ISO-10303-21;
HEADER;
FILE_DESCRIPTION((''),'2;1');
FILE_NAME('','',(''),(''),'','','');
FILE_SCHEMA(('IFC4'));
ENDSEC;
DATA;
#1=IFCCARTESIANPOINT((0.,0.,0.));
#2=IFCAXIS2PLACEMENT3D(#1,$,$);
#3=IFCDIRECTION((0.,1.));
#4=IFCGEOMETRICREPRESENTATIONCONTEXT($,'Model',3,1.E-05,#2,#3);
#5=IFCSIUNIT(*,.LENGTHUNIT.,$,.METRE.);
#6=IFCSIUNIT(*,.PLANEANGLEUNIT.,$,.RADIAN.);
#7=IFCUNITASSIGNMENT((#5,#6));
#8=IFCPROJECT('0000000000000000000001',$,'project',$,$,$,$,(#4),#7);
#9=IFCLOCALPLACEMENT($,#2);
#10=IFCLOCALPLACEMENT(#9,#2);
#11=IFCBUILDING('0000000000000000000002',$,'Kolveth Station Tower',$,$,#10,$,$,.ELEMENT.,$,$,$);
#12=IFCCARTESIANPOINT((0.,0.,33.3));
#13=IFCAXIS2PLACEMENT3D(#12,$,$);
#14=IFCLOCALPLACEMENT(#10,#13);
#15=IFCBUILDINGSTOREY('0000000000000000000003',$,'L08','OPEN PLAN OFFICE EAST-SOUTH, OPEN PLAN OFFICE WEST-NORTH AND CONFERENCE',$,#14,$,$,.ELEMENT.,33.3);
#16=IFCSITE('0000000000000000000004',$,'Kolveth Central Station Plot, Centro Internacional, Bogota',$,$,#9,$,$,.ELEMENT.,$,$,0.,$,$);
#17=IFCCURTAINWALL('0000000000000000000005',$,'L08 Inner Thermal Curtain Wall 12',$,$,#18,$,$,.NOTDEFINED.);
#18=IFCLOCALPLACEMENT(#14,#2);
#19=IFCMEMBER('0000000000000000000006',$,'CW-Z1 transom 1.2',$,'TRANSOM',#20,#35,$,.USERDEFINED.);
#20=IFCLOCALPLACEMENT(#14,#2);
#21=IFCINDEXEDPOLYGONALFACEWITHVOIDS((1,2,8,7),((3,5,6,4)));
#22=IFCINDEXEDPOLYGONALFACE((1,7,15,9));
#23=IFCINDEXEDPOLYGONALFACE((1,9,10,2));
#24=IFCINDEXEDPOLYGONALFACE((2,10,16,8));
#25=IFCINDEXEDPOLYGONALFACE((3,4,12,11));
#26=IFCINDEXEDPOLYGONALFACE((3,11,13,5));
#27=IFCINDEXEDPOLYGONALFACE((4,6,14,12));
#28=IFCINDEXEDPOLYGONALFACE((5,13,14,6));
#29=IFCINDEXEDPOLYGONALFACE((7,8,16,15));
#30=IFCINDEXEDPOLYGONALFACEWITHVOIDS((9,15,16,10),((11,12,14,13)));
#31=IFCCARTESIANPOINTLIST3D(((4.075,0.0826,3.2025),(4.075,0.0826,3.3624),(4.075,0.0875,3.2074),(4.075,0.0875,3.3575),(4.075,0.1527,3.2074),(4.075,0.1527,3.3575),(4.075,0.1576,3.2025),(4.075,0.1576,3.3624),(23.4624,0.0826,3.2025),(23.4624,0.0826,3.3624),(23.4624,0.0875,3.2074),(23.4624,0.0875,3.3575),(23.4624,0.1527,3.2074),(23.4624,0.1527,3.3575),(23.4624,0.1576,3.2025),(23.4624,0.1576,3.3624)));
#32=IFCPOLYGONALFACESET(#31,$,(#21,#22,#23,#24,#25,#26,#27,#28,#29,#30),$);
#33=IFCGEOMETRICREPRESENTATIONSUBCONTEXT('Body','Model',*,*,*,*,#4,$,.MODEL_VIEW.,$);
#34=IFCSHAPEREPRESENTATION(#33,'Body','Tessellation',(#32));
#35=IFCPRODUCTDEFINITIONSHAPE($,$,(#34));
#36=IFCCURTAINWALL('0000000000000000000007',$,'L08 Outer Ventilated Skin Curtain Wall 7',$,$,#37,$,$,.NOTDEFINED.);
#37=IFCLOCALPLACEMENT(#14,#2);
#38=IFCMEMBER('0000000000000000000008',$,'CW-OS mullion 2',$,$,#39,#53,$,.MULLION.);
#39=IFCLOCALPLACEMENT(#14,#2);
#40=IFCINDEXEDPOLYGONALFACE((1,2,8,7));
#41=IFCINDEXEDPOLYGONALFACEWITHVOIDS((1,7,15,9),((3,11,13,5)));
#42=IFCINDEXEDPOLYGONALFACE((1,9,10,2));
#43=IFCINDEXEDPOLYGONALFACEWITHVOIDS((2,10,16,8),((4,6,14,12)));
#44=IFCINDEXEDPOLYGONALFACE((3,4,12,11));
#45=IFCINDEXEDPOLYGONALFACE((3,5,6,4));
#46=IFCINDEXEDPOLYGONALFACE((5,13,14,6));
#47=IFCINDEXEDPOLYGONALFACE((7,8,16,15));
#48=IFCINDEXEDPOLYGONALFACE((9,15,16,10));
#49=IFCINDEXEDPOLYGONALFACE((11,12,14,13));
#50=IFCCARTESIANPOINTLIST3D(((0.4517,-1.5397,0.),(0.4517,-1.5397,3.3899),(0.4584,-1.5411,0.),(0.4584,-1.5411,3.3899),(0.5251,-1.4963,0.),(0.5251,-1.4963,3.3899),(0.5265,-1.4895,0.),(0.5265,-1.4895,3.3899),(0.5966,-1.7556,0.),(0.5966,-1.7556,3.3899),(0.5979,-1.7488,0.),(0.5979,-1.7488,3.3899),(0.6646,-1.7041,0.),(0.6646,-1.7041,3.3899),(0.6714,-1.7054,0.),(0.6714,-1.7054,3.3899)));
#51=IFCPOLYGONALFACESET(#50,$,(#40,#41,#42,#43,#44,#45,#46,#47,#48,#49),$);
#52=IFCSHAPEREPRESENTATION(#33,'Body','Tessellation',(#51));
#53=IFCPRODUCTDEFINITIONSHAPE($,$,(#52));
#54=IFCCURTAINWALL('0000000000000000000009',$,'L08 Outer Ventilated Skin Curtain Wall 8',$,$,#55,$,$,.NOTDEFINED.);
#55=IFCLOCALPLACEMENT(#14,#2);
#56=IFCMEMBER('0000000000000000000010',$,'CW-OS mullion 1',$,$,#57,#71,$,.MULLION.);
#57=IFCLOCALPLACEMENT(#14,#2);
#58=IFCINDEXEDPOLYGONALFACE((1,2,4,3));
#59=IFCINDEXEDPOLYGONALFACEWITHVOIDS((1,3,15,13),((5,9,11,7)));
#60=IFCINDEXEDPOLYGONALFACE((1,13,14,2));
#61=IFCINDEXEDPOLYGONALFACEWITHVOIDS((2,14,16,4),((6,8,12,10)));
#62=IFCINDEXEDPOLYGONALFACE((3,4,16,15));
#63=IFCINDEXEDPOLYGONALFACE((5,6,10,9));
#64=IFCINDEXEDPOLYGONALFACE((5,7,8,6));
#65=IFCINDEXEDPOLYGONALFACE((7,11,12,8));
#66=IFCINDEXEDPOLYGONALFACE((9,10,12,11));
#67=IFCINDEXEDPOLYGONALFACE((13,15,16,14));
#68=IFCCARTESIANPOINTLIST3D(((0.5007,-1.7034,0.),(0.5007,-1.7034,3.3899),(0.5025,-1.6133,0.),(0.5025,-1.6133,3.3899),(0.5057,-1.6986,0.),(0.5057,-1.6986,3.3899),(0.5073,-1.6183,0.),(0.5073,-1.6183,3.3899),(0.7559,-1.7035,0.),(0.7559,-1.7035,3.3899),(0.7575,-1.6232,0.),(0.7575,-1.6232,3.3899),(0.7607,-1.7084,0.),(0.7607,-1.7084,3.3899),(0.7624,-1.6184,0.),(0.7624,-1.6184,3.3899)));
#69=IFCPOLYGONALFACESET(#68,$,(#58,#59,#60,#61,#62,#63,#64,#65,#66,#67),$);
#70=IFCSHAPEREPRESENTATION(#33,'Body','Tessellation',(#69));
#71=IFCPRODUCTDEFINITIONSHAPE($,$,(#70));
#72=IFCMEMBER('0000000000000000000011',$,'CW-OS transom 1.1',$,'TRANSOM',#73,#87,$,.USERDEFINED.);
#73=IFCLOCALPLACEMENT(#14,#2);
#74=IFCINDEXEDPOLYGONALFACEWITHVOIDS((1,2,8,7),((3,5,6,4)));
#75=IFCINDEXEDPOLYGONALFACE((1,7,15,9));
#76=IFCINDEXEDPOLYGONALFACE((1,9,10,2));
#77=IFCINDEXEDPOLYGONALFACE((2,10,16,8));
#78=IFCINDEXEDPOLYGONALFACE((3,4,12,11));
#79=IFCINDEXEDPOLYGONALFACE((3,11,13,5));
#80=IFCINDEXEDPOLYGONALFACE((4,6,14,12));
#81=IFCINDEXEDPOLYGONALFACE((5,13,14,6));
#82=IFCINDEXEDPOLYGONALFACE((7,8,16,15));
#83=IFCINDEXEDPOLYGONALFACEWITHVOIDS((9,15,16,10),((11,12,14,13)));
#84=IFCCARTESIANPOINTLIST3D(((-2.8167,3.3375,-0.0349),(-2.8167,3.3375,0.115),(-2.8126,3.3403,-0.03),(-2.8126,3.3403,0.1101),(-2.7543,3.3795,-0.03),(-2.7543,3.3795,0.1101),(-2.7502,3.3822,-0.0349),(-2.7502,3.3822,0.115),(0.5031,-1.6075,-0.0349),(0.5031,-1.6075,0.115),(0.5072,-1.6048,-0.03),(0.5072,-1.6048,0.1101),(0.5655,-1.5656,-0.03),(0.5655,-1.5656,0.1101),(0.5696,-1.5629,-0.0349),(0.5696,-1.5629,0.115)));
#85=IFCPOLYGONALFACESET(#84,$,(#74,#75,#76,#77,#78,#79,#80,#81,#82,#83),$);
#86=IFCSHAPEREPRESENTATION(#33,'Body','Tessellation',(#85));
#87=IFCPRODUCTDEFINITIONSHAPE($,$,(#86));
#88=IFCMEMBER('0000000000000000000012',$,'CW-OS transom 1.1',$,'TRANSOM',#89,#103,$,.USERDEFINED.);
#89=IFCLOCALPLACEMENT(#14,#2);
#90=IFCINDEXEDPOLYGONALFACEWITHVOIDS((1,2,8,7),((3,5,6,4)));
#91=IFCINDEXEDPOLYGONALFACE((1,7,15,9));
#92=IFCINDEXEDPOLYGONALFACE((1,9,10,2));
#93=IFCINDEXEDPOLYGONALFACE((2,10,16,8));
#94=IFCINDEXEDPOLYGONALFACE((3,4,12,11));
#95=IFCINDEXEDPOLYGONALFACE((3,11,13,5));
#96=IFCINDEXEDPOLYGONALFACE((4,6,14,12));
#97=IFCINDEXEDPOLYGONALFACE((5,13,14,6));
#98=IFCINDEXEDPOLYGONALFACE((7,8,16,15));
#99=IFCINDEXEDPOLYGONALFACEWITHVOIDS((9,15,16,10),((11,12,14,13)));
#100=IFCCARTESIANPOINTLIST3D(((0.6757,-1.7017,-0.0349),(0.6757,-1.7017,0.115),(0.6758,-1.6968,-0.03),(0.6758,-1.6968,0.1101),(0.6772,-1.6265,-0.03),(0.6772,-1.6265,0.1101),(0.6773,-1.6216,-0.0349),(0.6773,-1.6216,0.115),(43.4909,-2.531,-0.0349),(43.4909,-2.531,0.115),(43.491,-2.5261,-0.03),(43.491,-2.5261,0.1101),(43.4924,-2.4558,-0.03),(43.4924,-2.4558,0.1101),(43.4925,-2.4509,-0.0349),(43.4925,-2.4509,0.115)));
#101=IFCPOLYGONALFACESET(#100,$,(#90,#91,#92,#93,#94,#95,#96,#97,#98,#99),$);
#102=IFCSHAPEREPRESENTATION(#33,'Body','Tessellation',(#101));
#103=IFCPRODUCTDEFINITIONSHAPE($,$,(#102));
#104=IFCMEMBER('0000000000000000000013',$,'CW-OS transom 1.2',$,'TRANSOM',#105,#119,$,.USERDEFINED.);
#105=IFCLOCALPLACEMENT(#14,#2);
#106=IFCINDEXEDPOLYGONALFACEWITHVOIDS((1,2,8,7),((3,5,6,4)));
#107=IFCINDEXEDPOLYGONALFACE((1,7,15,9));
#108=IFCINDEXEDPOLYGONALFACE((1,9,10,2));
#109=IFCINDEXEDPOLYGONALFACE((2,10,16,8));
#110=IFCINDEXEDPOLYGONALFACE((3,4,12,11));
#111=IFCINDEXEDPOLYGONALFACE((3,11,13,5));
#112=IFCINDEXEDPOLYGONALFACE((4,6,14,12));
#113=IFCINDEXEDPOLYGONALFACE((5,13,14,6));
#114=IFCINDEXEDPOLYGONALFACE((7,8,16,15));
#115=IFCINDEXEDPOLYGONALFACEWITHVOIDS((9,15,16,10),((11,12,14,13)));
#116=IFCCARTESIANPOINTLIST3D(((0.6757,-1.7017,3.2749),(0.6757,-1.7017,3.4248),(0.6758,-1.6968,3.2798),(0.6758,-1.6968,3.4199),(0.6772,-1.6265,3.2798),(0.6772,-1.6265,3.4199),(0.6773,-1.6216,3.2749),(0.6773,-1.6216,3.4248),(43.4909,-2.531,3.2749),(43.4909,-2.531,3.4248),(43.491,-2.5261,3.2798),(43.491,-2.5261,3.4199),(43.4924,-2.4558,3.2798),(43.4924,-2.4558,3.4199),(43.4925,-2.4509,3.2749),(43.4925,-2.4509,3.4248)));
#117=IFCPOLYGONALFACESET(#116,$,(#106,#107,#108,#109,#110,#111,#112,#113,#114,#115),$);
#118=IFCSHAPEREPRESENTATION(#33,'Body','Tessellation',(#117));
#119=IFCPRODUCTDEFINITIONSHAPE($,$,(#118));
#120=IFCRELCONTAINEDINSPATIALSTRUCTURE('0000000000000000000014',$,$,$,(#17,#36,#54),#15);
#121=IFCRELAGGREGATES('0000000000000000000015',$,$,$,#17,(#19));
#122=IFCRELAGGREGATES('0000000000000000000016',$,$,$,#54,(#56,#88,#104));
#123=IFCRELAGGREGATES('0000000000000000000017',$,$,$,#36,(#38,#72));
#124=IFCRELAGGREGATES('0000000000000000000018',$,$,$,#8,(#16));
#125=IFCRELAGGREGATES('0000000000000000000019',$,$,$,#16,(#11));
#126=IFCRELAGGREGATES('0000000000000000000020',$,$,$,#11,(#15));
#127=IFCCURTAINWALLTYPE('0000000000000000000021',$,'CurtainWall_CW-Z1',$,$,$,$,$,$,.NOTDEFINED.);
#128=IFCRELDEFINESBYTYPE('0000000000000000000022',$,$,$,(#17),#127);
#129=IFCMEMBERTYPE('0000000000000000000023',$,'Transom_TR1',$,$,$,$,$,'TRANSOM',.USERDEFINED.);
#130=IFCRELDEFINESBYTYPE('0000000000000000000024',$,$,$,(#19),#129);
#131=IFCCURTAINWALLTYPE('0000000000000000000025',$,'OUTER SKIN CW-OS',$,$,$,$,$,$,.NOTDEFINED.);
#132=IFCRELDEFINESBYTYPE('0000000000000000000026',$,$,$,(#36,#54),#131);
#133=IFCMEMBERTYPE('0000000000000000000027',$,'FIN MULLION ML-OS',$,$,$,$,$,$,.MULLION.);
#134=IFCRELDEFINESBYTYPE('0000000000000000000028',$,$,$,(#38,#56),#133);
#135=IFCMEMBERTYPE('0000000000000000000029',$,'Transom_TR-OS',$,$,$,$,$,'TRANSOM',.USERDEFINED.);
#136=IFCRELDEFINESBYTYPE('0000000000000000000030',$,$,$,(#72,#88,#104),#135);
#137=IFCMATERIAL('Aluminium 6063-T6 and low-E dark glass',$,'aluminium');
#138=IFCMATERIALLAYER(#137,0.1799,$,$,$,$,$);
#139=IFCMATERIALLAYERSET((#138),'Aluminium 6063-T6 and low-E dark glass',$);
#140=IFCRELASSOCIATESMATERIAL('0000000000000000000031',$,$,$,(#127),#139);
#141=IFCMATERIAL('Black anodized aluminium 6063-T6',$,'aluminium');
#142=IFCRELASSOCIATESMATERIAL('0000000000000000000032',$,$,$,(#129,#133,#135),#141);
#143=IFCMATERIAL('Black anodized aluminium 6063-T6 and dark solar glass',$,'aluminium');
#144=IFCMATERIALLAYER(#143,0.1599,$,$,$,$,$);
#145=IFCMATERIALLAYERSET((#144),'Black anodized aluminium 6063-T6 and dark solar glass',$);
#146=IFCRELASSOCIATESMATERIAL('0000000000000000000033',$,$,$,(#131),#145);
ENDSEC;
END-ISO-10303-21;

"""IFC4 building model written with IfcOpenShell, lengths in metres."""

from ifc_helpers import new_model, si_unit, direction, frame, origin, origin_2d, place, context, subcontext, project, spatial, hollow_rectangle, extrude, source, transform, mapped, material, layer, layer_set, material_profile, profile_set, type_object, element, aggregate, save


model = new_model("IFC4")

# Units and contexts
model_context = context("Model", 3, precision=1e-05, world=origin(), true_north=direction((0.0, 1.0)))
body_context = subcontext(model_context, "Body", "Model", "MODEL_VIEW")
ifc_project = project(units=[si_unit("LENGTHUNIT", "METRE"), si_unit("PLANEANGLEUNIT", "RADIAN")], contexts=[model_context])

# Site, building, storey
site_placement = place(None, origin())
site = spatial("IfcSite", under=ifc_project, at=site_placement, Name="Kolveth Central Station Plot, Centro Internacional, Bogota", CompositionType="ELEMENT", RefElevation=0.0)
building_placement = place(site_placement, origin())
building = spatial("IfcBuilding", under=site, at=building_placement, Name="Kolveth Station Tower", CompositionType="ELEMENT")
storey_placement = place(building_placement, frame((0.0, 0.0, 33.3)))
storey = spatial("IfcBuildingStorey", under=building, at=storey_placement, Name="L08", Description="OPEN PLAN OFFICE EAST-SOUTH, OPEN PLAN OFFICE WEST-NORTH AND CONFERENCE", CompositionType="ELEMENT", Elevation=33.3)

# Shared definitions
ifc_material_1 = material(Name="Aluminium 6063-T6 and low-E dark glass", Category="aluminium")
ifc_layer_1 = layer(ifc_material_1, 0.1799)
ifc_layer_set_1 = layer_set([ifc_layer_1], Name="Aluminium 6063-T6 and low-E dark glass")
curtain_wall_type_1 = type_object("IfcCurtainWallType", Name="CurtainWall_CW-Z1", PredefinedType="NOTDEFINED", material=ifc_layer_set_1)
ifc_material_2 = material(Name="Black anodized aluminium 6063-T6", Category="aluminium")

# Curtain wall
curtain_wall_1_placement = place(storey_placement, origin())
curtain_wall_1 = element("IfcCurtainWall", 1, at=curtain_wall_1_placement, inside=storey, type_object=curtain_wall_type_1, Name="L08 Inner Thermal Curtain Wall 12", PredefinedType="NOTDEFINED")

# Member
ifc_material_profile_1 = material_profile(ifc_material_2, hollow_rectangle(XDim=0.075, YDim=0.1599, WallThickness=0.0049, at=origin_2d()), Name="ALU-75x160x5")
ifc_profile_set_1 = profile_set([ifc_material_profile_1], Name="Black anodized aluminium 6063-T6")
member_type_1 = type_object("IfcMemberType", Name="Transom_TR1", ElementType="TRANSOM", PredefinedType="USERDEFINED", material=ifc_profile_set_1)
shared_shape_1 = source(origin(), body_context, "Body", "SweptSolid", [
    extrude(hollow_rectangle(XDim=0.075, YDim=0.1599, WallThickness=0.0049, at=origin_2d()), origin(), (0.0, 0.0, 1.0), 19.3875),
])
member_1_placement = place(storey_placement, frame((4.075, 0.1201, 3.2825), z_axis=(1.0, 0.0, 0.0), x_axis=(0.0, 1.0, 0.0)))
member_1 = element("IfcMember", 2, at=member_1_placement, type_object=member_type_1, Name="CW-Z1 transom 1.2", ObjectType="TRANSOM", PredefinedType="USERDEFINED", context=body_context, shape_type="MappedRepresentation", body=[
    mapped(shared_shape_1, transform((0.0, 0.0, 0.0), x_axis=(1.0, 0.0, 0.0), y_axis=(0.0, 1.0, 0.0), z_axis=(0.0, 0.0, 1.0), scale=1.0)),
])
aggregate(curtain_wall_1, [member_1])

# Curtain walls, members
ifc_material_3 = material(Name="Black anodized aluminium 6063-T6 and dark solar glass", Category="aluminium")
ifc_layer_2 = layer(ifc_material_3, 0.1599)
ifc_layer_set_2 = layer_set([ifc_layer_2], Name="Black anodized aluminium 6063-T6 and dark solar glass")
curtain_wall_type_2 = type_object("IfcCurtainWallType", Name="OUTER SKIN CW-OS", PredefinedType="NOTDEFINED", material=ifc_layer_set_2)
curtain_wall_2_placement = place(storey_placement, origin())
curtain_wall_2 = element("IfcCurtainWall", 3, at=curtain_wall_2_placement, inside=storey, type_object=curtain_wall_type_2, Name="L08 Outer Ventilated Skin Curtain Wall 7", PredefinedType="NOTDEFINED")
ifc_material_profile_2 = material_profile(ifc_material_2, hollow_rectangle(XDim=0.0901, YDim=0.26, WallThickness=0.0049, at=origin_2d()), Name="ALU-90x260x5")
ifc_profile_set_2 = profile_set([ifc_material_profile_2], Name="Black anodized aluminium 6063-T6")
member_type_2 = type_object("IfcMemberType", Name="FIN MULLION ML-OS", PredefinedType="MULLION", material=ifc_profile_set_2)
shared_shape_2 = source(origin(), body_context, "Body", "SweptSolid", [
    extrude(hollow_rectangle(XDim=0.0901, YDim=0.26, WallThickness=0.0049, at=origin_2d()), origin(), (0.0, 0.0, 1.0), 3.3899),
])
member_2_placement = place(storey_placement, frame((0.5615, -1.6226, 0.0), z_axis=(0.0, 0.0, 1.0), x_axis=(0.830268, 0.557364, 0.0)))
member_2 = element("IfcMember", 4, at=member_2_placement, type_object=member_type_2, Name="CW-OS mullion 2", PredefinedType="MULLION", context=body_context, shape_type="MappedRepresentation", body=[
    mapped(shared_shape_2, transform((0.0, 0.0, 0.0), x_axis=(1.0, 0.0, 0.0), y_axis=(0.0, 1.0, 0.0), z_axis=(0.0, 0.0, 1.0), scale=1.0)),
])
curtain_wall_3_placement = place(storey_placement, origin())
curtain_wall_3 = element("IfcCurtainWall", 5, at=curtain_wall_3_placement, inside=storey, type_object=curtain_wall_type_2, Name="L08 Outer Ventilated Skin Curtain Wall 8", PredefinedType="NOTDEFINED")
member_3_placement = place(storey_placement, frame((0.6316, -1.6609, 0.0), z_axis=(0.0, 0.0, 1.0), x_axis=(0.019366, 0.999812, 0.0)))
member_3 = element("IfcMember", 6, at=member_3_placement, type_object=member_type_2, Name="CW-OS mullion 1", PredefinedType="MULLION", context=body_context, shape_type="MappedRepresentation", body=[
    mapped(shared_shape_2, transform((0.0, 0.0, 0.0), x_axis=(1.0, 0.0, 0.0), y_axis=(0.0, 1.0, 0.0), z_axis=(0.0, 0.0, 1.0), scale=1.0)),
])

# Members
ifc_material_profile_3 = material_profile(ifc_material_2, hollow_rectangle(XDim=0.0801, YDim=0.1499, WallThickness=0.0049, at=origin_2d()), Name="ALU-80x150x5")
ifc_profile_set_3 = profile_set([ifc_material_profile_3], Name="Black anodized aluminium 6063-T6")
member_type_3 = type_object("IfcMemberType", Name="Transom_TR-OS", ElementType="TRANSOM", PredefinedType="USERDEFINED", material=ifc_profile_set_3)
shared_shape_3 = source(origin(), body_context, "Body", "SweptSolid", [
    extrude(hollow_rectangle(XDim=0.0801, YDim=0.1499, WallThickness=0.0049, at=origin_2d()), origin(), (0.0, 0.0, 1.0), 5.9561),
])
member_4_placement = place(storey_placement, frame((-2.7834, 3.3599, 0.04), z_axis=(0.557384, -0.830255, 0.0), x_axis=(0.830255, 0.557384, 0.0)))
member_4 = element("IfcMember", 7, at=member_4_placement, type_object=member_type_3, Name="CW-OS transom 1.1", ObjectType="TRANSOM", PredefinedType="USERDEFINED", context=body_context, shape_type="MappedRepresentation", body=[
    mapped(shared_shape_3, transform((0.0, 0.0, 0.0), x_axis=(1.0, 0.0, 0.0), y_axis=(0.0, 1.0, 0.0), z_axis=(0.0, 0.0, 1.0), scale=1.0)),
])
shared_shape_4 = source(origin(), body_context, "Body", "SweptSolid", [
    extrude(hollow_rectangle(XDim=0.0801, YDim=0.1499, WallThickness=0.0049, at=origin_2d()), origin(), (0.0, 0.0, 1.0), 42.8232),
])
member_5_placement = place(storey_placement, frame((0.6765, -1.6616, 0.04), z_axis=(0.999812, -0.019367, 0.0), x_axis=(0.019367, 0.999812, 0.0)))
member_5 = element("IfcMember", 8, at=member_5_placement, type_object=member_type_3, Name="CW-OS transom 1.1", ObjectType="TRANSOM", PredefinedType="USERDEFINED", context=body_context, shape_type="MappedRepresentation", body=[
    mapped(shared_shape_4, transform((0.0, 0.0, 0.0), x_axis=(1.0, 0.0, 0.0), y_axis=(0.0, 1.0, 0.0), z_axis=(0.0, 0.0, 1.0), scale=1.0)),
])
member_6_placement = place(storey_placement, frame((0.6765, -1.6616, 3.3499), z_axis=(0.999812, -0.019367, 0.0), x_axis=(0.019367, 0.999812, 0.0)))
member_6 = element("IfcMember", 9, at=member_6_placement, type_object=member_type_3, Name="CW-OS transom 1.2", ObjectType="TRANSOM", PredefinedType="USERDEFINED", context=body_context, shape_type="MappedRepresentation", body=[
    mapped(shared_shape_4, transform((0.0, 0.0, 0.0), x_axis=(1.0, 0.0, 0.0), y_axis=(0.0, 1.0, 0.0), z_axis=(0.0, 0.0, 1.0), scale=1.0)),
])
aggregate(curtain_wall_3, [member_3, member_5, member_6])

aggregate(curtain_wall_2, [member_2, member_4])

save(model, "model.ifc")
